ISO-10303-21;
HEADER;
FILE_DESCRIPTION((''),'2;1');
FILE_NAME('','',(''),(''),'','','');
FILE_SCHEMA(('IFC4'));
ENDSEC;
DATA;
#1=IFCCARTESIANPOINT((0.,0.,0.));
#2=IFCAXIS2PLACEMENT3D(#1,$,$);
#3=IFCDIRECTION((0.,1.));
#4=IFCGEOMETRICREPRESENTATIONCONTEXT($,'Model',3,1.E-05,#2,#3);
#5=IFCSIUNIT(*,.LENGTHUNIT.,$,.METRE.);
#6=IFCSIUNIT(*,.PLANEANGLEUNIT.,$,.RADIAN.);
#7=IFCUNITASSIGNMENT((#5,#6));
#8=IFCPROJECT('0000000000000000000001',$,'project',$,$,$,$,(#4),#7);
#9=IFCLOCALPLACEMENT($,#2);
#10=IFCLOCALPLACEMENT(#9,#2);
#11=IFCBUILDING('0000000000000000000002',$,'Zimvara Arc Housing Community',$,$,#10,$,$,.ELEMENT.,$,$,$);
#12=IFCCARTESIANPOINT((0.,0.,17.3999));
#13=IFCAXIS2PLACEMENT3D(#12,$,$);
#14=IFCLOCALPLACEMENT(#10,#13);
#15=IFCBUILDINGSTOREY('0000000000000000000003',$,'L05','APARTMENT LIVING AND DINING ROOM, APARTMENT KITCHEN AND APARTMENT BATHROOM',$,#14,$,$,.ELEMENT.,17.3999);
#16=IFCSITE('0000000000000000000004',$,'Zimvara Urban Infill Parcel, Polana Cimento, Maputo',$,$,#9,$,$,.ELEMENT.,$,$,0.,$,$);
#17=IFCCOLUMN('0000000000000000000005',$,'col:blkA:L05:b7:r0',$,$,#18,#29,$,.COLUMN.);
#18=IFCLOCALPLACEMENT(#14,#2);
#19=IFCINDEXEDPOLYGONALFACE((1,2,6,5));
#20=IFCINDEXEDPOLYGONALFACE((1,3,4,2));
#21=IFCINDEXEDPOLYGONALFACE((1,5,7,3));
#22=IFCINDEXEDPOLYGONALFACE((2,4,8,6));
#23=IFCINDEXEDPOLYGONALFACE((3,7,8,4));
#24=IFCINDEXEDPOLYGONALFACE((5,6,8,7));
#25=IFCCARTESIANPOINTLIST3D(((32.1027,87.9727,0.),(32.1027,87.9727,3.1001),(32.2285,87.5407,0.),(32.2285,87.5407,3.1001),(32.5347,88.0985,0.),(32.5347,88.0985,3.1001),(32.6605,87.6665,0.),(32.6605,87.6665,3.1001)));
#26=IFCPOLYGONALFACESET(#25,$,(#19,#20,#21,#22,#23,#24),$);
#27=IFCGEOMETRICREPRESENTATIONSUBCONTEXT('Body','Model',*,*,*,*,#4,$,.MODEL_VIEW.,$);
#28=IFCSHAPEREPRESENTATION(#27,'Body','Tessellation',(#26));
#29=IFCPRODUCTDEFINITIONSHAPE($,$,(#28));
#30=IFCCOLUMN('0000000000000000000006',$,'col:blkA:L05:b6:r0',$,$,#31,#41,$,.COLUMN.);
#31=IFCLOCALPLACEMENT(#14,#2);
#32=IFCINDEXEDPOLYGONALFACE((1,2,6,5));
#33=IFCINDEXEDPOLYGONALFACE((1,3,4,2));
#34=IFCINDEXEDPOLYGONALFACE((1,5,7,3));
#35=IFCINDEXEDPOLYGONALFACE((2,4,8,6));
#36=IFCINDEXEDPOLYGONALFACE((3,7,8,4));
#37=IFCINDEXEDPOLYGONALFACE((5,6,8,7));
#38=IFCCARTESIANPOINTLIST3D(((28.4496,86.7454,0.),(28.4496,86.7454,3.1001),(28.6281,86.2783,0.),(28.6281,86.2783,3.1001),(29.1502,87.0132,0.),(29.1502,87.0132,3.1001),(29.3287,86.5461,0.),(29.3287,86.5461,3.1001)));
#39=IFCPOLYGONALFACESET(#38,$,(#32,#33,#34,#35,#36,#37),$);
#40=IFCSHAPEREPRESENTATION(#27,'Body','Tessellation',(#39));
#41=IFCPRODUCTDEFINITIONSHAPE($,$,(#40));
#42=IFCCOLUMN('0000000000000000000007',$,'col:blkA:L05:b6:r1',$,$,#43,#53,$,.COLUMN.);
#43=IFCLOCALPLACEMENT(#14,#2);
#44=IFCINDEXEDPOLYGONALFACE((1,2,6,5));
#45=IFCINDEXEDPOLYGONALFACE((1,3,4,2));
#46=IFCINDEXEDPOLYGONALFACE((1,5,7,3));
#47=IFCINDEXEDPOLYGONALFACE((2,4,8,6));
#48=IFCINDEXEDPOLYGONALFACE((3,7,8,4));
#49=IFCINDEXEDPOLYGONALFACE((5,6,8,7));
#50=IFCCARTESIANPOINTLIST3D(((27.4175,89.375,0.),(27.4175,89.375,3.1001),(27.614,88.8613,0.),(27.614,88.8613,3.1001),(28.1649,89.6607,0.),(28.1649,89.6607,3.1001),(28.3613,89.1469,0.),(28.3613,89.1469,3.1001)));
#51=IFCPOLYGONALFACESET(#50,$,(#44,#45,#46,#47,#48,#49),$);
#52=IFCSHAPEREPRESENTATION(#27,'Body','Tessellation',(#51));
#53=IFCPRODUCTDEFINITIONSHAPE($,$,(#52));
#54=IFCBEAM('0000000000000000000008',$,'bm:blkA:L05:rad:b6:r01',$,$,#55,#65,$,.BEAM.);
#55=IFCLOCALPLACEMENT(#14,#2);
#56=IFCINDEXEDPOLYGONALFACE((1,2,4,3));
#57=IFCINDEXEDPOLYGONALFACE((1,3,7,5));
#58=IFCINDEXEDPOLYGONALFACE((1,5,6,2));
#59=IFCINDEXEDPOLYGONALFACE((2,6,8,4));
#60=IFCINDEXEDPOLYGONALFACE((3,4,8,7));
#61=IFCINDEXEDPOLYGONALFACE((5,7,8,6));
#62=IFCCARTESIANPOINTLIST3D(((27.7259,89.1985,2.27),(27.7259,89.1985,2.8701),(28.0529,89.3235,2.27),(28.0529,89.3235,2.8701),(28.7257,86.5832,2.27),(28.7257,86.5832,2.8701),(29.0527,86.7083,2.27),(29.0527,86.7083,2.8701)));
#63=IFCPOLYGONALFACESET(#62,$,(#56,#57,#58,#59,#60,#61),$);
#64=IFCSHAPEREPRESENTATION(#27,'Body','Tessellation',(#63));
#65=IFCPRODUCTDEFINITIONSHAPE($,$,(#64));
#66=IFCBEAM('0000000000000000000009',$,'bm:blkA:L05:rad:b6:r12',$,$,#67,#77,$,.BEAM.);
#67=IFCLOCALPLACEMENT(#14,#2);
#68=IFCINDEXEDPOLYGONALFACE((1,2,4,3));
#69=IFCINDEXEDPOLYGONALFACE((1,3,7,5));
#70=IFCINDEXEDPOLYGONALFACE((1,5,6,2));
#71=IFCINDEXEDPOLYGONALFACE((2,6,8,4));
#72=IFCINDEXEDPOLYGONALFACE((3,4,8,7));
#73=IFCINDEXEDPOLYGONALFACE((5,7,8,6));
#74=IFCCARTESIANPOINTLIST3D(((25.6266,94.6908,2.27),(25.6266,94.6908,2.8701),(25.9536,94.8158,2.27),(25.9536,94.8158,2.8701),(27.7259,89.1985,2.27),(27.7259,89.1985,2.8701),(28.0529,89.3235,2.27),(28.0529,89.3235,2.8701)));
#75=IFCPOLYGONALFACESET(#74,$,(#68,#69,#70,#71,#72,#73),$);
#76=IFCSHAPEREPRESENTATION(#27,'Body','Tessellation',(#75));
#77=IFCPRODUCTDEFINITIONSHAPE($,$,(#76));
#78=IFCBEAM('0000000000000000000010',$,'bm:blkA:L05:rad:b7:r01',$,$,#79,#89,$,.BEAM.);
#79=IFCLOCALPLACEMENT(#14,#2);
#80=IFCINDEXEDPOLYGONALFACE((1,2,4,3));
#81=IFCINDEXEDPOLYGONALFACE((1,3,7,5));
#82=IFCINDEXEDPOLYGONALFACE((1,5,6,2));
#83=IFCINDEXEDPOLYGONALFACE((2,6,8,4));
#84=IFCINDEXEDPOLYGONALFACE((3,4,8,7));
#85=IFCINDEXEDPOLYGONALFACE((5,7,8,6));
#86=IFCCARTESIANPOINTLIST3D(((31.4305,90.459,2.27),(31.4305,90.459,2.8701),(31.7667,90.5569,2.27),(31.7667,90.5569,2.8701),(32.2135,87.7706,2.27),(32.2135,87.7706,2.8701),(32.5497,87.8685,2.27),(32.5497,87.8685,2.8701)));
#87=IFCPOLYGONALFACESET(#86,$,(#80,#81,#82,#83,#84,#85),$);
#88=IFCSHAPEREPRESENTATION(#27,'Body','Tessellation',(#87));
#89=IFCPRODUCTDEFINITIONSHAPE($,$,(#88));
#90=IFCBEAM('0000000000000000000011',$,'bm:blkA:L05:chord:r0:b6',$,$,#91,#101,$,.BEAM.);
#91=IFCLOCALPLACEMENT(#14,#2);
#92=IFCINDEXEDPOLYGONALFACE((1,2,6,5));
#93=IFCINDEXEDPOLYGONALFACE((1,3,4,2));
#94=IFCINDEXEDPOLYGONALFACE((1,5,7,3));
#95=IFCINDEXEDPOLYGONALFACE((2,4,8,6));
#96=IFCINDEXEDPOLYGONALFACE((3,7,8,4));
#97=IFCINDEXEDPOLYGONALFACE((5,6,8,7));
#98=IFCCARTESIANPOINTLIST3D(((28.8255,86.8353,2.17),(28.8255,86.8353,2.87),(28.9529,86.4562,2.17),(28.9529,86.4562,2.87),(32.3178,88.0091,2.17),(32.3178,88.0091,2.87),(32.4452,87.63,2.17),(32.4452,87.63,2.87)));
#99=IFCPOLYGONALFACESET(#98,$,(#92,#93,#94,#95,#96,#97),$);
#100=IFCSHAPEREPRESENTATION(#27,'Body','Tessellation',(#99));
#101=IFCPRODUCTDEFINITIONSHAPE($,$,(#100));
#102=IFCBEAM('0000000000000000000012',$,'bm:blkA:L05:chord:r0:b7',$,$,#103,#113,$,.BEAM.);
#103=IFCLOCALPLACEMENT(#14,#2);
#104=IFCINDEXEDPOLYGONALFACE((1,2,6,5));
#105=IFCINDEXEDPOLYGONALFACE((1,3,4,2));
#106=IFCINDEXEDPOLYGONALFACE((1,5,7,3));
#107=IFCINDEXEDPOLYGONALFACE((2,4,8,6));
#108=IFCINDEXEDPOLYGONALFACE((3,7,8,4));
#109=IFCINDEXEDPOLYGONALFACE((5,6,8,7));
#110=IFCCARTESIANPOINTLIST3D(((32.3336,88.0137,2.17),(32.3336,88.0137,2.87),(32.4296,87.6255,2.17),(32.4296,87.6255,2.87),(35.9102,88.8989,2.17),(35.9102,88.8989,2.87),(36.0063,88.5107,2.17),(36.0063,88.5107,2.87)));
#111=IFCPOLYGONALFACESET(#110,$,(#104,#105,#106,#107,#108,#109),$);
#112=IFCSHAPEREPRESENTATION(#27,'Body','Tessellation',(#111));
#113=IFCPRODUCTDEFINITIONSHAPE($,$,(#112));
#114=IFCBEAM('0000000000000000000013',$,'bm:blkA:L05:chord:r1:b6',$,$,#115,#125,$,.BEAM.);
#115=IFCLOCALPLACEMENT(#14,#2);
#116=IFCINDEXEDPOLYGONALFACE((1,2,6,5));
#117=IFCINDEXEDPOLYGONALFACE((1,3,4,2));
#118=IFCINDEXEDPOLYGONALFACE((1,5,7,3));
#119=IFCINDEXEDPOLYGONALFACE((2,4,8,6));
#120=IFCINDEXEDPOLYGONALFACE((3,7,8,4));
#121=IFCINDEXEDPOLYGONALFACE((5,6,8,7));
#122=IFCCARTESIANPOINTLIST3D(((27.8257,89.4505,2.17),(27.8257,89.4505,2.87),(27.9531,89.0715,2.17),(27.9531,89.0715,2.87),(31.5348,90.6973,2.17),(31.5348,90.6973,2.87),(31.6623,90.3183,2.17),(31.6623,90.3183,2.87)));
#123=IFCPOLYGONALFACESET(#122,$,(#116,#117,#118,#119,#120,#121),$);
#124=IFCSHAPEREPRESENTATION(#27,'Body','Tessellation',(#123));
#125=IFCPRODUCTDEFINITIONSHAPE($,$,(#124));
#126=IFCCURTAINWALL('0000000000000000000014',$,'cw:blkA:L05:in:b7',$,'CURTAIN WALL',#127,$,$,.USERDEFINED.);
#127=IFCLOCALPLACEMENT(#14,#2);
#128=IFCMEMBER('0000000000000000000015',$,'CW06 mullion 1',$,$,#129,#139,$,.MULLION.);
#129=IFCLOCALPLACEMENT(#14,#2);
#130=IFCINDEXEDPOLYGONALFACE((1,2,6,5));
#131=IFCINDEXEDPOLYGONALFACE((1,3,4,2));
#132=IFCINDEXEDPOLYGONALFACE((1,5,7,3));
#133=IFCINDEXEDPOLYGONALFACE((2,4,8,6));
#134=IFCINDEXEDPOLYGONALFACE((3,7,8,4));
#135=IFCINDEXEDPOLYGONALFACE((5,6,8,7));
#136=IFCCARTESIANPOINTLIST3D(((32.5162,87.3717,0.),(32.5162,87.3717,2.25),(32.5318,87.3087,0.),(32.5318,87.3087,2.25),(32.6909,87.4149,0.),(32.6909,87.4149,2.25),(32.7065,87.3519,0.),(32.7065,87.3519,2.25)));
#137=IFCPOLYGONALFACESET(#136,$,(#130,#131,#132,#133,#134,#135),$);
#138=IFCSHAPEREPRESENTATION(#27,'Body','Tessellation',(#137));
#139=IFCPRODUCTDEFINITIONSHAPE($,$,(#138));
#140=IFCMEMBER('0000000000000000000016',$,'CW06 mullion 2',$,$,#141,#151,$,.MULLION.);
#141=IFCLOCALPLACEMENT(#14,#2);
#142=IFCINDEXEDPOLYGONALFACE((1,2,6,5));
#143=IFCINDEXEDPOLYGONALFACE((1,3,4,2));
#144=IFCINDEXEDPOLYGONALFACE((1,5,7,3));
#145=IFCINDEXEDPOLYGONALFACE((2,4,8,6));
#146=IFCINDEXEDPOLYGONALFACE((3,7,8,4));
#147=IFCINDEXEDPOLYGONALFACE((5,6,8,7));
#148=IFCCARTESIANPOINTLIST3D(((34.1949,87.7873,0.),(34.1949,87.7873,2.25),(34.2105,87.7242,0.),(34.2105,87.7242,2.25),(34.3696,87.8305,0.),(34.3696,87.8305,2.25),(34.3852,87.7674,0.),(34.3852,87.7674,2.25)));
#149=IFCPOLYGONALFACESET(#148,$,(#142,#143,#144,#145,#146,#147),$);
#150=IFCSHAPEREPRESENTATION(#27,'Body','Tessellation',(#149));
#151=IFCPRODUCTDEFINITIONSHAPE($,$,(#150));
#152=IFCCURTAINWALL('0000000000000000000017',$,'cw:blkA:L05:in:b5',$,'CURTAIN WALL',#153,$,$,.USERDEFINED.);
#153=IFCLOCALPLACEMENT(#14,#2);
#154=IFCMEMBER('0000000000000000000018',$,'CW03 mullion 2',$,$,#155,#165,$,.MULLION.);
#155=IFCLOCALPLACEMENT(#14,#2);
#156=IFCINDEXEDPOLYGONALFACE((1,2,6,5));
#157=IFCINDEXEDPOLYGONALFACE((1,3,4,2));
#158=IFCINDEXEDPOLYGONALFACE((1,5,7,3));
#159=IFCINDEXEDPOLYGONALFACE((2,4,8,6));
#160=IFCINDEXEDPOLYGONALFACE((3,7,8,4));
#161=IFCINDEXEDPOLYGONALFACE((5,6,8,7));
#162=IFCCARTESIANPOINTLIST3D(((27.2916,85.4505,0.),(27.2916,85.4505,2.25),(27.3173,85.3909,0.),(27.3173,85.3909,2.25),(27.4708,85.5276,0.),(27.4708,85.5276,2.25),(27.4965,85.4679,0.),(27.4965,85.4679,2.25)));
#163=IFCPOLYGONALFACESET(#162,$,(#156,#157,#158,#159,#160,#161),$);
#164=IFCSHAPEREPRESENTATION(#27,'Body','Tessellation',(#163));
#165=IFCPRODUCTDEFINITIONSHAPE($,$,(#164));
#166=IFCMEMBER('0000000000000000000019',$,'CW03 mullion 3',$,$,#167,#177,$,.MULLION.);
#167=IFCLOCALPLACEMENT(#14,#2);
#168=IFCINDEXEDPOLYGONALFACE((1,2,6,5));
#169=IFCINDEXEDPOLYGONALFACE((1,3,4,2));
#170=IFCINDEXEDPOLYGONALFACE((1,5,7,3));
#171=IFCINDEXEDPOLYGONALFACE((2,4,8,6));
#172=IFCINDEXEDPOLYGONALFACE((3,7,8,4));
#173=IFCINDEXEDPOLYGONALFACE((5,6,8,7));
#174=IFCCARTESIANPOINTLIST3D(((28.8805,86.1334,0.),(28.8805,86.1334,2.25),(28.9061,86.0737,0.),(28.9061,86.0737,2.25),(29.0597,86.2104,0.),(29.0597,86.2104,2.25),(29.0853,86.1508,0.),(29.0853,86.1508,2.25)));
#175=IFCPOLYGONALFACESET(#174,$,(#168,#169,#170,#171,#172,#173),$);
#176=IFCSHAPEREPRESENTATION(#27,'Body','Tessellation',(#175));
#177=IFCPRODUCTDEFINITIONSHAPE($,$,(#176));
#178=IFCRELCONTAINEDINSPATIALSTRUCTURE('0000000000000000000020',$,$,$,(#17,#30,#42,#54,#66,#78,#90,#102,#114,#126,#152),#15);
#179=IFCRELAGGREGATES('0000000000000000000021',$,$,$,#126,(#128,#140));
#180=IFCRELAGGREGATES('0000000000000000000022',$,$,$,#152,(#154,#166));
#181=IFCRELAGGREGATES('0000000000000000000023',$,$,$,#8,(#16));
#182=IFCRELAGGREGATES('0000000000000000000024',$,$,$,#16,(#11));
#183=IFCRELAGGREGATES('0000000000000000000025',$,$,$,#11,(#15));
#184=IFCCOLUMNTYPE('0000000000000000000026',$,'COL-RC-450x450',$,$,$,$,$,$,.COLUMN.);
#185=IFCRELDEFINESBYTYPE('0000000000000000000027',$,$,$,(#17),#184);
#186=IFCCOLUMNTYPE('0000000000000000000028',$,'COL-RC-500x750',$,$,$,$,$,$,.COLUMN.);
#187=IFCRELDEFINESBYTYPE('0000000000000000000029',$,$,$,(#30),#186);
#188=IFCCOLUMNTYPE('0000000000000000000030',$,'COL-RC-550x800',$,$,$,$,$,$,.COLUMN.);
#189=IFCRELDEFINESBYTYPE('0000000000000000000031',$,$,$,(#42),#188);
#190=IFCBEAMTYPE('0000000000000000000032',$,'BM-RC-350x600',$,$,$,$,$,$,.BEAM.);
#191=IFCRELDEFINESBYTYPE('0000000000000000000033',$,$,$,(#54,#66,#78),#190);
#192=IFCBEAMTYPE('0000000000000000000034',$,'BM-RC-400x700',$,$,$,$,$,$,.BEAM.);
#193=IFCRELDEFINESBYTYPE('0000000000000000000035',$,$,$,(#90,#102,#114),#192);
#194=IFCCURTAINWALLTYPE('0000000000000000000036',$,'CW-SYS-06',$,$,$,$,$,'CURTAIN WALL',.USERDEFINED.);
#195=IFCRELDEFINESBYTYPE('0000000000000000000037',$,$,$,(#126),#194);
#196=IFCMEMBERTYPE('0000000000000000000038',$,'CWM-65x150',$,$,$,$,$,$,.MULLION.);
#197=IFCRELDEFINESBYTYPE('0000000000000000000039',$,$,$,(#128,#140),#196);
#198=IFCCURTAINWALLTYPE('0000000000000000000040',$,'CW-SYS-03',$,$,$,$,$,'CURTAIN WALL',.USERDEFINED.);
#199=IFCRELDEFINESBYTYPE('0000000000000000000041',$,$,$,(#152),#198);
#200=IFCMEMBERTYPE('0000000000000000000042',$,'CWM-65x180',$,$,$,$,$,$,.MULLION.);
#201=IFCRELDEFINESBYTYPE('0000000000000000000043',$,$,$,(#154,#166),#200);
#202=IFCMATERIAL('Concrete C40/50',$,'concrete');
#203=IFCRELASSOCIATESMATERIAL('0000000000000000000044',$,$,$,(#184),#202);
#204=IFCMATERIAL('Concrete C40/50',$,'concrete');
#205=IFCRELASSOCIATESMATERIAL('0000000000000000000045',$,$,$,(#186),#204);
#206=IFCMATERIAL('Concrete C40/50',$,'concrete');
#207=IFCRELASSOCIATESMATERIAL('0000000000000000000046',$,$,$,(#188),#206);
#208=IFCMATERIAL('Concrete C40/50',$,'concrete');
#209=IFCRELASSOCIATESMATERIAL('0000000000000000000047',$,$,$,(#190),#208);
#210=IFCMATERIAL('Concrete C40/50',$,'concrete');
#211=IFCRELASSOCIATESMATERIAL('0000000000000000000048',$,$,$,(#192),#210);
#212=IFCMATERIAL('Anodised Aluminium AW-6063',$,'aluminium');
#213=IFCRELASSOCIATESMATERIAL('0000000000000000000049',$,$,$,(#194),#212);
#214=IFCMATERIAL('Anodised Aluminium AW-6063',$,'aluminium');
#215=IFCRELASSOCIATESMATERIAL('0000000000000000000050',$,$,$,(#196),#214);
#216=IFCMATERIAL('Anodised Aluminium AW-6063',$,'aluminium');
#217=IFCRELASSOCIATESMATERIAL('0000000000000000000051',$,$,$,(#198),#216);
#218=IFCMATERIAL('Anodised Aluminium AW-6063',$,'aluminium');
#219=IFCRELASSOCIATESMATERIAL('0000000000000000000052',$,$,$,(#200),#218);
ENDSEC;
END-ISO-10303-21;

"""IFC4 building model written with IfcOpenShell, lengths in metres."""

from ifc_helpers import new_model, si_unit, direction, frame, origin, origin_2d, place, context, subcontext, project, spatial, rectangle, extrude, material, material_profile, profile_set, type_object, element, aggregate, save


model = new_model("IFC4")

# Units and contexts
model_context = context("Model", 3, precision=1e-05, world=origin(), true_north=direction((0.0, 1.0)))
body_context = subcontext(model_context, "Body", "Model", "MODEL_VIEW")
ifc_project = project(units=[si_unit("LENGTHUNIT", "METRE"), si_unit("PLANEANGLEUNIT", "RADIAN")], contexts=[model_context])

# Site, building, storey
site_placement = place(None, origin())
site = spatial("IfcSite", under=ifc_project, at=site_placement, Name="Zimvara Urban Infill Parcel, Polana Cimento, Maputo", CompositionType="ELEMENT", RefElevation=0.0)
building_placement = place(site_placement, origin())
building = spatial("IfcBuilding", under=site, at=building_placement, Name="Zimvara Arc Housing Community", CompositionType="ELEMENT")
storey_placement = place(building_placement, frame((0.0, 0.0, 17.3999)))
storey = spatial("IfcBuildingStorey", under=building, at=storey_placement, Name="L05", Description="APARTMENT LIVING AND DINING ROOM, APARTMENT KITCHEN AND APARTMENT BATHROOM", CompositionType="ELEMENT", Elevation=17.3999)

# Columns
ifc_material_1 = material(Name="Concrete C40/50", Category="concrete")
ifc_material_profile_1 = material_profile(ifc_material_1, rectangle(XDim=0.45, YDim=0.45, at=origin_2d()), Name="RC 450x450")
ifc_profile_set_1 = profile_set([ifc_material_profile_1], Name="Concrete C40/50")
column_type_1 = type_object("IfcColumnType", Name="COL-RC-450x450", PredefinedType="COLUMN", material=ifc_profile_set_1)
column_1_placement = place(storey_placement, frame((32.3816, 87.8196, 0.0), z_axis=(0.0, 0.0, 1.0), x_axis=(-0.279661, 0.960099, 0.0)))
element("IfcColumn", 1, at=column_1_placement, inside=storey, type_object=column_type_1, Name="col:blkA:L05:b7:r0", PredefinedType="COLUMN", context=body_context, shape_type="SweptSolid", body=[
    extrude(rectangle(XDim=0.45, YDim=0.45, at=origin_2d()), origin(), (0.0, 0.0, 1.0), 3.1001),
])
ifc_material_2 = material(Name="Concrete C40/50", Category="concrete")
ifc_material_profile_2 = material_profile(ifc_material_2, rectangle(XDim=0.5, YDim=0.75, at=origin_2d()), Name="RC 500x750")
ifc_profile_set_2 = profile_set([ifc_material_profile_2], Name="Concrete C40/50")
column_type_2 = type_object("IfcColumnType", Name="COL-RC-500x750", PredefinedType="COLUMN", material=ifc_profile_set_2)
column_2_placement = place(storey_placement, frame((28.8892, 86.6458, 0.0), z_axis=(0.0, 0.0, 1.0), x_axis=(-0.357064, 0.93408, 0.0)))
element("IfcColumn", 2, at=column_2_placement, inside=storey, type_object=column_type_2, Name="col:blkA:L05:b6:r0", PredefinedType="COLUMN", context=body_context, shape_type="SweptSolid", body=[
    extrude(rectangle(XDim=0.5, YDim=0.75, at=origin_2d()), origin(), (0.0, 0.0, 1.0), 3.1001),
])
ifc_material_3 = material(Name="Concrete C40/50", Category="concrete")
ifc_material_profile_3 = material_profile(ifc_material_3, rectangle(XDim=0.55, YDim=0.8, at=origin_2d()), Name="RC 550x800")
ifc_profile_set_3 = profile_set([ifc_material_profile_3], Name="Concrete C40/50")
column_type_3 = type_object("IfcColumnType", Name="COL-RC-550x800", PredefinedType="COLUMN", material=ifc_profile_set_3)
column_3_placement = place(storey_placement, frame((27.8894, 89.261, 0.0), z_axis=(0.0, 0.0, 1.0), x_axis=(-0.357064, 0.93408, 0.0)))
element("IfcColumn", 3, at=column_3_placement, inside=storey, type_object=column_type_3, Name="col:blkA:L05:b6:r1", PredefinedType="COLUMN", context=body_context, shape_type="SweptSolid", body=[
    extrude(rectangle(XDim=0.55, YDim=0.8, at=origin_2d()), origin(), (0.0, 0.0, 1.0), 3.1001),
])

# Beams
ifc_material_4 = material(Name="Concrete C40/50", Category="concrete")
ifc_material_profile_4 = material_profile(ifc_material_4, rectangle(XDim=0.3501, YDim=0.6001, at=origin_2d()), Name="RC 350x600")
ifc_profile_set_4 = profile_set([ifc_material_profile_4], Name="Concrete C40/50")
beam_type_1 = type_object("IfcBeamType", Name="BM-RC-350x600", PredefinedType="BEAM", material=ifc_profile_set_4)
beam_1_placement = place(storey_placement, frame((28.8892, 86.6458, 2.5701), z_axis=(-0.357079, 0.934074, 0.0), x_axis=(-0.934074, -0.357079, 0.0)))
element("IfcBeam", 4, at=beam_1_placement, inside=storey, type_object=beam_type_1, Name="bm:blkA:L05:rad:b6:r01", PredefinedType="BEAM", context=body_context, shape_type="SweptSolid", body=[
    extrude(rectangle(XDim=0.3501, YDim=0.6001, at=origin_2d()), origin(), (0.0, 0.0, 1.0), 2.7998),
])
beam_2_placement = place(storey_placement, frame((27.8894, 89.261, 2.5701), z_axis=(-0.357036, 0.934091, 0.0), x_axis=(-0.934091, -0.357036, 0.0)))
element("IfcBeam", 5, at=beam_2_placement, inside=storey, type_object=beam_type_1, Name="bm:blkA:L05:rad:b6:r12", PredefinedType="BEAM", context=body_context, shape_type="SweptSolid", body=[
    extrude(rectangle(XDim=0.3501, YDim=0.6001, at=origin_2d()), origin(), (0.0, 0.0, 1.0), 5.8799),
])
beam_3_placement = place(storey_placement, frame((32.3816, 87.8196, 2.5701), z_axis=(-0.279635, 0.960106, 0.0), x_axis=(-0.960106, -0.279635, 0.0)))
element("IfcBeam", 6, at=beam_3_placement, inside=storey, type_object=beam_type_1, Name="bm:blkA:L05:rad:b7:r01", PredefinedType="BEAM", context=body_context, shape_type="SweptSolid", body=[
    extrude(rectangle(XDim=0.3501, YDim=0.6001, at=origin_2d()), origin(), (0.0, 0.0, 1.0), 2.8),
])
ifc_material_5 = material(Name="Concrete C40/50", Category="concrete")
ifc_material_profile_5 = material_profile(ifc_material_5, rectangle(XDim=0.3999, YDim=0.7, at=origin_2d()), Name="RC 400x700")
ifc_profile_set_5 = profile_set([ifc_material_profile_5], Name="Concrete C40/50")
beam_type_2 = type_object("IfcBeamType", Name="BM-RC-400x700", PredefinedType="BEAM", material=ifc_profile_set_5)
beam_4_placement = place(storey_placement, frame((28.8892, 86.6458, 2.52), z_axis=(0.947892, 0.318592, 0.0), x_axis=(-0.318592, 0.947892, 0.0)))
element("IfcBeam", 7, at=beam_4_placement, inside=storey, type_object=beam_type_2, Name="bm:blkA:L05:chord:r0:b6", PredefinedType="BEAM", context=body_context, shape_type="SweptSolid", body=[
    extrude(rectangle(XDim=0.3999, YDim=0.7, at=origin_2d()), origin(), (0.0, 0.0, 1.0), 3.6843),
])
beam_5_placement = place(storey_placement, frame((32.3816, 87.8196, 2.52), z_axis=(0.970709, 0.240259, 0.0), x_axis=(-0.240259, 0.970709, 0.0)))
element("IfcBeam", 8, at=beam_5_placement, inside=storey, type_object=beam_type_2, Name="bm:blkA:L05:chord:r0:b7", PredefinedType="BEAM", context=body_context, shape_type="SweptSolid", body=[
    extrude(rectangle(XDim=0.3999, YDim=0.7, at=origin_2d()), origin(), (0.0, 0.0, 1.0), 3.6846),
])
beam_6_placement = place(storey_placement, frame((27.8894, 89.261, 2.52), z_axis=(0.947882, 0.318623, 0.0), x_axis=(-0.318623, 0.947882, 0.0)))
element("IfcBeam", 9, at=beam_6_placement, inside=storey, type_object=beam_type_2, Name="bm:blkA:L05:chord:r1:b6", PredefinedType="BEAM", context=body_context, shape_type="SweptSolid", body=[
    extrude(rectangle(XDim=0.3999, YDim=0.7, at=origin_2d()), origin(), (0.0, 0.0, 1.0), 3.9131),
])

# Curtain walls, members
ifc_material_6 = material(Name="Anodised Aluminium AW-6063", Category="aluminium")
curtain_wall_type_1 = type_object("IfcCurtainWallType", Name="CW-SYS-06", ElementType="CURTAIN WALL", PredefinedType="USERDEFINED", material=ifc_material_6)
curtain_wall_1_placement = place(storey_placement, origin())
curtain_wall_1 = element("IfcCurtainWall", 10, at=curtain_wall_1_placement, inside=storey, type_object=curtain_wall_type_1, Name="cw:blkA:L05:in:b7", ObjectType="CURTAIN WALL", PredefinedType="USERDEFINED")
ifc_material_7 = material(Name="Anodised Aluminium AW-6063", Category="aluminium")
ifc_material_profile_6 = material_profile(ifc_material_7, rectangle(XDim=0.0649, YDim=0.1799, at=origin_2d()), Name="ALU 65x180")
ifc_profile_set_6 = profile_set([ifc_material_profile_6], Name="Anodised Aluminium AW-6063")
member_type_1 = type_object("IfcMemberType", Name="CWM-65x150", PredefinedType="MULLION", material=ifc_profile_set_6)
member_1_placement = place(storey_placement, frame((32.6113, 87.3618, 0.0), z_axis=(0.0, 0.0, 1.0), x_axis=(-0.240228, 0.970717, 0.0)))
member_1 = element("IfcMember", 11, at=member_1_placement, type_object=member_type_1, Name="CW06 mullion 1", PredefinedType="MULLION", context=body_context, shape_type="SweptSolid", body=[
    extrude(rectangle(XDim=0.0649, YDim=0.1799, at=origin_2d()), origin(), (0.0, 0.0, 1.0), 2.25),
])
member_2_placement = place(storey_placement, frame((34.29, 87.7773, 0.0), z_axis=(0.0, 0.0, 1.0), x_axis=(-0.240228, 0.970717, 0.0)))
member_2 = element("IfcMember", 12, at=member_2_placement, type_object=member_type_1, Name="CW06 mullion 2", PredefinedType="MULLION", context=body_context, shape_type="SweptSolid", body=[
    extrude(rectangle(XDim=0.0649, YDim=0.1799, at=origin_2d()), origin(), (0.0, 0.0, 1.0), 2.25),
])
ifc_material_8 = material(Name="Anodised Aluminium AW-6063", Category="aluminium")
curtain_wall_type_2 = type_object("IfcCurtainWallType", Name="CW-SYS-03", ElementType="CURTAIN WALL", PredefinedType="USERDEFINED", material=ifc_material_8)
curtain_wall_2_placement = place(storey_placement, origin())
curtain_wall_2 = element("IfcCurtainWall", 13, at=curtain_wall_2_placement, inside=storey, type_object=curtain_wall_type_2, Name="cw:blkA:L05:in:b5", ObjectType="CURTAIN WALL", PredefinedType="USERDEFINED")
ifc_material_9 = material(Name="Anodised Aluminium AW-6063", Category="aluminium")
ifc_material_profile_7 = material_profile(ifc_material_9, rectangle(XDim=0.0649, YDim=0.1951, at=origin_2d()), Name="ALU 65x195")
ifc_profile_set_7 = profile_set([ifc_material_profile_7], Name="Anodised Aluminium AW-6063")
member_type_2 = type_object("IfcMemberType", Name="CWM-65x180", PredefinedType="MULLION", material=ifc_profile_set_7)
member_3_placement = place(storey_placement, frame((27.394, 85.4592, 0.0), z_axis=(0.0, 0.0, 1.0), x_axis=(-0.394904, 0.918722, 0.0)))
member_3 = element("IfcMember", 14, at=member_3_placement, type_object=member_type_2, Name="CW03 mullion 2", PredefinedType="MULLION", context=body_context, shape_type="SweptSolid", body=[
    extrude(rectangle(XDim=0.0649, YDim=0.1951, at=origin_2d()), origin(), (0.0, 0.0, 1.0), 2.25),
])
member_4_placement = place(storey_placement, frame((28.9829, 86.1421, 0.0), z_axis=(0.0, 0.0, 1.0), x_axis=(-0.394904, 0.918722, 0.0)))
member_4 = element("IfcMember", 15, at=member_4_placement, type_object=member_type_2, Name="CW03 mullion 3", PredefinedType="MULLION", context=body_context, shape_type="SweptSolid", body=[
    extrude(rectangle(XDim=0.0649, YDim=0.1951, at=origin_2d()), origin(), (0.0, 0.0, 1.0), 2.25),
])

aggregate(curtain_wall_1, [member_1, member_2])
aggregate(curtain_wall_2, [member_3, member_4])

save(model, "model.ifc")
